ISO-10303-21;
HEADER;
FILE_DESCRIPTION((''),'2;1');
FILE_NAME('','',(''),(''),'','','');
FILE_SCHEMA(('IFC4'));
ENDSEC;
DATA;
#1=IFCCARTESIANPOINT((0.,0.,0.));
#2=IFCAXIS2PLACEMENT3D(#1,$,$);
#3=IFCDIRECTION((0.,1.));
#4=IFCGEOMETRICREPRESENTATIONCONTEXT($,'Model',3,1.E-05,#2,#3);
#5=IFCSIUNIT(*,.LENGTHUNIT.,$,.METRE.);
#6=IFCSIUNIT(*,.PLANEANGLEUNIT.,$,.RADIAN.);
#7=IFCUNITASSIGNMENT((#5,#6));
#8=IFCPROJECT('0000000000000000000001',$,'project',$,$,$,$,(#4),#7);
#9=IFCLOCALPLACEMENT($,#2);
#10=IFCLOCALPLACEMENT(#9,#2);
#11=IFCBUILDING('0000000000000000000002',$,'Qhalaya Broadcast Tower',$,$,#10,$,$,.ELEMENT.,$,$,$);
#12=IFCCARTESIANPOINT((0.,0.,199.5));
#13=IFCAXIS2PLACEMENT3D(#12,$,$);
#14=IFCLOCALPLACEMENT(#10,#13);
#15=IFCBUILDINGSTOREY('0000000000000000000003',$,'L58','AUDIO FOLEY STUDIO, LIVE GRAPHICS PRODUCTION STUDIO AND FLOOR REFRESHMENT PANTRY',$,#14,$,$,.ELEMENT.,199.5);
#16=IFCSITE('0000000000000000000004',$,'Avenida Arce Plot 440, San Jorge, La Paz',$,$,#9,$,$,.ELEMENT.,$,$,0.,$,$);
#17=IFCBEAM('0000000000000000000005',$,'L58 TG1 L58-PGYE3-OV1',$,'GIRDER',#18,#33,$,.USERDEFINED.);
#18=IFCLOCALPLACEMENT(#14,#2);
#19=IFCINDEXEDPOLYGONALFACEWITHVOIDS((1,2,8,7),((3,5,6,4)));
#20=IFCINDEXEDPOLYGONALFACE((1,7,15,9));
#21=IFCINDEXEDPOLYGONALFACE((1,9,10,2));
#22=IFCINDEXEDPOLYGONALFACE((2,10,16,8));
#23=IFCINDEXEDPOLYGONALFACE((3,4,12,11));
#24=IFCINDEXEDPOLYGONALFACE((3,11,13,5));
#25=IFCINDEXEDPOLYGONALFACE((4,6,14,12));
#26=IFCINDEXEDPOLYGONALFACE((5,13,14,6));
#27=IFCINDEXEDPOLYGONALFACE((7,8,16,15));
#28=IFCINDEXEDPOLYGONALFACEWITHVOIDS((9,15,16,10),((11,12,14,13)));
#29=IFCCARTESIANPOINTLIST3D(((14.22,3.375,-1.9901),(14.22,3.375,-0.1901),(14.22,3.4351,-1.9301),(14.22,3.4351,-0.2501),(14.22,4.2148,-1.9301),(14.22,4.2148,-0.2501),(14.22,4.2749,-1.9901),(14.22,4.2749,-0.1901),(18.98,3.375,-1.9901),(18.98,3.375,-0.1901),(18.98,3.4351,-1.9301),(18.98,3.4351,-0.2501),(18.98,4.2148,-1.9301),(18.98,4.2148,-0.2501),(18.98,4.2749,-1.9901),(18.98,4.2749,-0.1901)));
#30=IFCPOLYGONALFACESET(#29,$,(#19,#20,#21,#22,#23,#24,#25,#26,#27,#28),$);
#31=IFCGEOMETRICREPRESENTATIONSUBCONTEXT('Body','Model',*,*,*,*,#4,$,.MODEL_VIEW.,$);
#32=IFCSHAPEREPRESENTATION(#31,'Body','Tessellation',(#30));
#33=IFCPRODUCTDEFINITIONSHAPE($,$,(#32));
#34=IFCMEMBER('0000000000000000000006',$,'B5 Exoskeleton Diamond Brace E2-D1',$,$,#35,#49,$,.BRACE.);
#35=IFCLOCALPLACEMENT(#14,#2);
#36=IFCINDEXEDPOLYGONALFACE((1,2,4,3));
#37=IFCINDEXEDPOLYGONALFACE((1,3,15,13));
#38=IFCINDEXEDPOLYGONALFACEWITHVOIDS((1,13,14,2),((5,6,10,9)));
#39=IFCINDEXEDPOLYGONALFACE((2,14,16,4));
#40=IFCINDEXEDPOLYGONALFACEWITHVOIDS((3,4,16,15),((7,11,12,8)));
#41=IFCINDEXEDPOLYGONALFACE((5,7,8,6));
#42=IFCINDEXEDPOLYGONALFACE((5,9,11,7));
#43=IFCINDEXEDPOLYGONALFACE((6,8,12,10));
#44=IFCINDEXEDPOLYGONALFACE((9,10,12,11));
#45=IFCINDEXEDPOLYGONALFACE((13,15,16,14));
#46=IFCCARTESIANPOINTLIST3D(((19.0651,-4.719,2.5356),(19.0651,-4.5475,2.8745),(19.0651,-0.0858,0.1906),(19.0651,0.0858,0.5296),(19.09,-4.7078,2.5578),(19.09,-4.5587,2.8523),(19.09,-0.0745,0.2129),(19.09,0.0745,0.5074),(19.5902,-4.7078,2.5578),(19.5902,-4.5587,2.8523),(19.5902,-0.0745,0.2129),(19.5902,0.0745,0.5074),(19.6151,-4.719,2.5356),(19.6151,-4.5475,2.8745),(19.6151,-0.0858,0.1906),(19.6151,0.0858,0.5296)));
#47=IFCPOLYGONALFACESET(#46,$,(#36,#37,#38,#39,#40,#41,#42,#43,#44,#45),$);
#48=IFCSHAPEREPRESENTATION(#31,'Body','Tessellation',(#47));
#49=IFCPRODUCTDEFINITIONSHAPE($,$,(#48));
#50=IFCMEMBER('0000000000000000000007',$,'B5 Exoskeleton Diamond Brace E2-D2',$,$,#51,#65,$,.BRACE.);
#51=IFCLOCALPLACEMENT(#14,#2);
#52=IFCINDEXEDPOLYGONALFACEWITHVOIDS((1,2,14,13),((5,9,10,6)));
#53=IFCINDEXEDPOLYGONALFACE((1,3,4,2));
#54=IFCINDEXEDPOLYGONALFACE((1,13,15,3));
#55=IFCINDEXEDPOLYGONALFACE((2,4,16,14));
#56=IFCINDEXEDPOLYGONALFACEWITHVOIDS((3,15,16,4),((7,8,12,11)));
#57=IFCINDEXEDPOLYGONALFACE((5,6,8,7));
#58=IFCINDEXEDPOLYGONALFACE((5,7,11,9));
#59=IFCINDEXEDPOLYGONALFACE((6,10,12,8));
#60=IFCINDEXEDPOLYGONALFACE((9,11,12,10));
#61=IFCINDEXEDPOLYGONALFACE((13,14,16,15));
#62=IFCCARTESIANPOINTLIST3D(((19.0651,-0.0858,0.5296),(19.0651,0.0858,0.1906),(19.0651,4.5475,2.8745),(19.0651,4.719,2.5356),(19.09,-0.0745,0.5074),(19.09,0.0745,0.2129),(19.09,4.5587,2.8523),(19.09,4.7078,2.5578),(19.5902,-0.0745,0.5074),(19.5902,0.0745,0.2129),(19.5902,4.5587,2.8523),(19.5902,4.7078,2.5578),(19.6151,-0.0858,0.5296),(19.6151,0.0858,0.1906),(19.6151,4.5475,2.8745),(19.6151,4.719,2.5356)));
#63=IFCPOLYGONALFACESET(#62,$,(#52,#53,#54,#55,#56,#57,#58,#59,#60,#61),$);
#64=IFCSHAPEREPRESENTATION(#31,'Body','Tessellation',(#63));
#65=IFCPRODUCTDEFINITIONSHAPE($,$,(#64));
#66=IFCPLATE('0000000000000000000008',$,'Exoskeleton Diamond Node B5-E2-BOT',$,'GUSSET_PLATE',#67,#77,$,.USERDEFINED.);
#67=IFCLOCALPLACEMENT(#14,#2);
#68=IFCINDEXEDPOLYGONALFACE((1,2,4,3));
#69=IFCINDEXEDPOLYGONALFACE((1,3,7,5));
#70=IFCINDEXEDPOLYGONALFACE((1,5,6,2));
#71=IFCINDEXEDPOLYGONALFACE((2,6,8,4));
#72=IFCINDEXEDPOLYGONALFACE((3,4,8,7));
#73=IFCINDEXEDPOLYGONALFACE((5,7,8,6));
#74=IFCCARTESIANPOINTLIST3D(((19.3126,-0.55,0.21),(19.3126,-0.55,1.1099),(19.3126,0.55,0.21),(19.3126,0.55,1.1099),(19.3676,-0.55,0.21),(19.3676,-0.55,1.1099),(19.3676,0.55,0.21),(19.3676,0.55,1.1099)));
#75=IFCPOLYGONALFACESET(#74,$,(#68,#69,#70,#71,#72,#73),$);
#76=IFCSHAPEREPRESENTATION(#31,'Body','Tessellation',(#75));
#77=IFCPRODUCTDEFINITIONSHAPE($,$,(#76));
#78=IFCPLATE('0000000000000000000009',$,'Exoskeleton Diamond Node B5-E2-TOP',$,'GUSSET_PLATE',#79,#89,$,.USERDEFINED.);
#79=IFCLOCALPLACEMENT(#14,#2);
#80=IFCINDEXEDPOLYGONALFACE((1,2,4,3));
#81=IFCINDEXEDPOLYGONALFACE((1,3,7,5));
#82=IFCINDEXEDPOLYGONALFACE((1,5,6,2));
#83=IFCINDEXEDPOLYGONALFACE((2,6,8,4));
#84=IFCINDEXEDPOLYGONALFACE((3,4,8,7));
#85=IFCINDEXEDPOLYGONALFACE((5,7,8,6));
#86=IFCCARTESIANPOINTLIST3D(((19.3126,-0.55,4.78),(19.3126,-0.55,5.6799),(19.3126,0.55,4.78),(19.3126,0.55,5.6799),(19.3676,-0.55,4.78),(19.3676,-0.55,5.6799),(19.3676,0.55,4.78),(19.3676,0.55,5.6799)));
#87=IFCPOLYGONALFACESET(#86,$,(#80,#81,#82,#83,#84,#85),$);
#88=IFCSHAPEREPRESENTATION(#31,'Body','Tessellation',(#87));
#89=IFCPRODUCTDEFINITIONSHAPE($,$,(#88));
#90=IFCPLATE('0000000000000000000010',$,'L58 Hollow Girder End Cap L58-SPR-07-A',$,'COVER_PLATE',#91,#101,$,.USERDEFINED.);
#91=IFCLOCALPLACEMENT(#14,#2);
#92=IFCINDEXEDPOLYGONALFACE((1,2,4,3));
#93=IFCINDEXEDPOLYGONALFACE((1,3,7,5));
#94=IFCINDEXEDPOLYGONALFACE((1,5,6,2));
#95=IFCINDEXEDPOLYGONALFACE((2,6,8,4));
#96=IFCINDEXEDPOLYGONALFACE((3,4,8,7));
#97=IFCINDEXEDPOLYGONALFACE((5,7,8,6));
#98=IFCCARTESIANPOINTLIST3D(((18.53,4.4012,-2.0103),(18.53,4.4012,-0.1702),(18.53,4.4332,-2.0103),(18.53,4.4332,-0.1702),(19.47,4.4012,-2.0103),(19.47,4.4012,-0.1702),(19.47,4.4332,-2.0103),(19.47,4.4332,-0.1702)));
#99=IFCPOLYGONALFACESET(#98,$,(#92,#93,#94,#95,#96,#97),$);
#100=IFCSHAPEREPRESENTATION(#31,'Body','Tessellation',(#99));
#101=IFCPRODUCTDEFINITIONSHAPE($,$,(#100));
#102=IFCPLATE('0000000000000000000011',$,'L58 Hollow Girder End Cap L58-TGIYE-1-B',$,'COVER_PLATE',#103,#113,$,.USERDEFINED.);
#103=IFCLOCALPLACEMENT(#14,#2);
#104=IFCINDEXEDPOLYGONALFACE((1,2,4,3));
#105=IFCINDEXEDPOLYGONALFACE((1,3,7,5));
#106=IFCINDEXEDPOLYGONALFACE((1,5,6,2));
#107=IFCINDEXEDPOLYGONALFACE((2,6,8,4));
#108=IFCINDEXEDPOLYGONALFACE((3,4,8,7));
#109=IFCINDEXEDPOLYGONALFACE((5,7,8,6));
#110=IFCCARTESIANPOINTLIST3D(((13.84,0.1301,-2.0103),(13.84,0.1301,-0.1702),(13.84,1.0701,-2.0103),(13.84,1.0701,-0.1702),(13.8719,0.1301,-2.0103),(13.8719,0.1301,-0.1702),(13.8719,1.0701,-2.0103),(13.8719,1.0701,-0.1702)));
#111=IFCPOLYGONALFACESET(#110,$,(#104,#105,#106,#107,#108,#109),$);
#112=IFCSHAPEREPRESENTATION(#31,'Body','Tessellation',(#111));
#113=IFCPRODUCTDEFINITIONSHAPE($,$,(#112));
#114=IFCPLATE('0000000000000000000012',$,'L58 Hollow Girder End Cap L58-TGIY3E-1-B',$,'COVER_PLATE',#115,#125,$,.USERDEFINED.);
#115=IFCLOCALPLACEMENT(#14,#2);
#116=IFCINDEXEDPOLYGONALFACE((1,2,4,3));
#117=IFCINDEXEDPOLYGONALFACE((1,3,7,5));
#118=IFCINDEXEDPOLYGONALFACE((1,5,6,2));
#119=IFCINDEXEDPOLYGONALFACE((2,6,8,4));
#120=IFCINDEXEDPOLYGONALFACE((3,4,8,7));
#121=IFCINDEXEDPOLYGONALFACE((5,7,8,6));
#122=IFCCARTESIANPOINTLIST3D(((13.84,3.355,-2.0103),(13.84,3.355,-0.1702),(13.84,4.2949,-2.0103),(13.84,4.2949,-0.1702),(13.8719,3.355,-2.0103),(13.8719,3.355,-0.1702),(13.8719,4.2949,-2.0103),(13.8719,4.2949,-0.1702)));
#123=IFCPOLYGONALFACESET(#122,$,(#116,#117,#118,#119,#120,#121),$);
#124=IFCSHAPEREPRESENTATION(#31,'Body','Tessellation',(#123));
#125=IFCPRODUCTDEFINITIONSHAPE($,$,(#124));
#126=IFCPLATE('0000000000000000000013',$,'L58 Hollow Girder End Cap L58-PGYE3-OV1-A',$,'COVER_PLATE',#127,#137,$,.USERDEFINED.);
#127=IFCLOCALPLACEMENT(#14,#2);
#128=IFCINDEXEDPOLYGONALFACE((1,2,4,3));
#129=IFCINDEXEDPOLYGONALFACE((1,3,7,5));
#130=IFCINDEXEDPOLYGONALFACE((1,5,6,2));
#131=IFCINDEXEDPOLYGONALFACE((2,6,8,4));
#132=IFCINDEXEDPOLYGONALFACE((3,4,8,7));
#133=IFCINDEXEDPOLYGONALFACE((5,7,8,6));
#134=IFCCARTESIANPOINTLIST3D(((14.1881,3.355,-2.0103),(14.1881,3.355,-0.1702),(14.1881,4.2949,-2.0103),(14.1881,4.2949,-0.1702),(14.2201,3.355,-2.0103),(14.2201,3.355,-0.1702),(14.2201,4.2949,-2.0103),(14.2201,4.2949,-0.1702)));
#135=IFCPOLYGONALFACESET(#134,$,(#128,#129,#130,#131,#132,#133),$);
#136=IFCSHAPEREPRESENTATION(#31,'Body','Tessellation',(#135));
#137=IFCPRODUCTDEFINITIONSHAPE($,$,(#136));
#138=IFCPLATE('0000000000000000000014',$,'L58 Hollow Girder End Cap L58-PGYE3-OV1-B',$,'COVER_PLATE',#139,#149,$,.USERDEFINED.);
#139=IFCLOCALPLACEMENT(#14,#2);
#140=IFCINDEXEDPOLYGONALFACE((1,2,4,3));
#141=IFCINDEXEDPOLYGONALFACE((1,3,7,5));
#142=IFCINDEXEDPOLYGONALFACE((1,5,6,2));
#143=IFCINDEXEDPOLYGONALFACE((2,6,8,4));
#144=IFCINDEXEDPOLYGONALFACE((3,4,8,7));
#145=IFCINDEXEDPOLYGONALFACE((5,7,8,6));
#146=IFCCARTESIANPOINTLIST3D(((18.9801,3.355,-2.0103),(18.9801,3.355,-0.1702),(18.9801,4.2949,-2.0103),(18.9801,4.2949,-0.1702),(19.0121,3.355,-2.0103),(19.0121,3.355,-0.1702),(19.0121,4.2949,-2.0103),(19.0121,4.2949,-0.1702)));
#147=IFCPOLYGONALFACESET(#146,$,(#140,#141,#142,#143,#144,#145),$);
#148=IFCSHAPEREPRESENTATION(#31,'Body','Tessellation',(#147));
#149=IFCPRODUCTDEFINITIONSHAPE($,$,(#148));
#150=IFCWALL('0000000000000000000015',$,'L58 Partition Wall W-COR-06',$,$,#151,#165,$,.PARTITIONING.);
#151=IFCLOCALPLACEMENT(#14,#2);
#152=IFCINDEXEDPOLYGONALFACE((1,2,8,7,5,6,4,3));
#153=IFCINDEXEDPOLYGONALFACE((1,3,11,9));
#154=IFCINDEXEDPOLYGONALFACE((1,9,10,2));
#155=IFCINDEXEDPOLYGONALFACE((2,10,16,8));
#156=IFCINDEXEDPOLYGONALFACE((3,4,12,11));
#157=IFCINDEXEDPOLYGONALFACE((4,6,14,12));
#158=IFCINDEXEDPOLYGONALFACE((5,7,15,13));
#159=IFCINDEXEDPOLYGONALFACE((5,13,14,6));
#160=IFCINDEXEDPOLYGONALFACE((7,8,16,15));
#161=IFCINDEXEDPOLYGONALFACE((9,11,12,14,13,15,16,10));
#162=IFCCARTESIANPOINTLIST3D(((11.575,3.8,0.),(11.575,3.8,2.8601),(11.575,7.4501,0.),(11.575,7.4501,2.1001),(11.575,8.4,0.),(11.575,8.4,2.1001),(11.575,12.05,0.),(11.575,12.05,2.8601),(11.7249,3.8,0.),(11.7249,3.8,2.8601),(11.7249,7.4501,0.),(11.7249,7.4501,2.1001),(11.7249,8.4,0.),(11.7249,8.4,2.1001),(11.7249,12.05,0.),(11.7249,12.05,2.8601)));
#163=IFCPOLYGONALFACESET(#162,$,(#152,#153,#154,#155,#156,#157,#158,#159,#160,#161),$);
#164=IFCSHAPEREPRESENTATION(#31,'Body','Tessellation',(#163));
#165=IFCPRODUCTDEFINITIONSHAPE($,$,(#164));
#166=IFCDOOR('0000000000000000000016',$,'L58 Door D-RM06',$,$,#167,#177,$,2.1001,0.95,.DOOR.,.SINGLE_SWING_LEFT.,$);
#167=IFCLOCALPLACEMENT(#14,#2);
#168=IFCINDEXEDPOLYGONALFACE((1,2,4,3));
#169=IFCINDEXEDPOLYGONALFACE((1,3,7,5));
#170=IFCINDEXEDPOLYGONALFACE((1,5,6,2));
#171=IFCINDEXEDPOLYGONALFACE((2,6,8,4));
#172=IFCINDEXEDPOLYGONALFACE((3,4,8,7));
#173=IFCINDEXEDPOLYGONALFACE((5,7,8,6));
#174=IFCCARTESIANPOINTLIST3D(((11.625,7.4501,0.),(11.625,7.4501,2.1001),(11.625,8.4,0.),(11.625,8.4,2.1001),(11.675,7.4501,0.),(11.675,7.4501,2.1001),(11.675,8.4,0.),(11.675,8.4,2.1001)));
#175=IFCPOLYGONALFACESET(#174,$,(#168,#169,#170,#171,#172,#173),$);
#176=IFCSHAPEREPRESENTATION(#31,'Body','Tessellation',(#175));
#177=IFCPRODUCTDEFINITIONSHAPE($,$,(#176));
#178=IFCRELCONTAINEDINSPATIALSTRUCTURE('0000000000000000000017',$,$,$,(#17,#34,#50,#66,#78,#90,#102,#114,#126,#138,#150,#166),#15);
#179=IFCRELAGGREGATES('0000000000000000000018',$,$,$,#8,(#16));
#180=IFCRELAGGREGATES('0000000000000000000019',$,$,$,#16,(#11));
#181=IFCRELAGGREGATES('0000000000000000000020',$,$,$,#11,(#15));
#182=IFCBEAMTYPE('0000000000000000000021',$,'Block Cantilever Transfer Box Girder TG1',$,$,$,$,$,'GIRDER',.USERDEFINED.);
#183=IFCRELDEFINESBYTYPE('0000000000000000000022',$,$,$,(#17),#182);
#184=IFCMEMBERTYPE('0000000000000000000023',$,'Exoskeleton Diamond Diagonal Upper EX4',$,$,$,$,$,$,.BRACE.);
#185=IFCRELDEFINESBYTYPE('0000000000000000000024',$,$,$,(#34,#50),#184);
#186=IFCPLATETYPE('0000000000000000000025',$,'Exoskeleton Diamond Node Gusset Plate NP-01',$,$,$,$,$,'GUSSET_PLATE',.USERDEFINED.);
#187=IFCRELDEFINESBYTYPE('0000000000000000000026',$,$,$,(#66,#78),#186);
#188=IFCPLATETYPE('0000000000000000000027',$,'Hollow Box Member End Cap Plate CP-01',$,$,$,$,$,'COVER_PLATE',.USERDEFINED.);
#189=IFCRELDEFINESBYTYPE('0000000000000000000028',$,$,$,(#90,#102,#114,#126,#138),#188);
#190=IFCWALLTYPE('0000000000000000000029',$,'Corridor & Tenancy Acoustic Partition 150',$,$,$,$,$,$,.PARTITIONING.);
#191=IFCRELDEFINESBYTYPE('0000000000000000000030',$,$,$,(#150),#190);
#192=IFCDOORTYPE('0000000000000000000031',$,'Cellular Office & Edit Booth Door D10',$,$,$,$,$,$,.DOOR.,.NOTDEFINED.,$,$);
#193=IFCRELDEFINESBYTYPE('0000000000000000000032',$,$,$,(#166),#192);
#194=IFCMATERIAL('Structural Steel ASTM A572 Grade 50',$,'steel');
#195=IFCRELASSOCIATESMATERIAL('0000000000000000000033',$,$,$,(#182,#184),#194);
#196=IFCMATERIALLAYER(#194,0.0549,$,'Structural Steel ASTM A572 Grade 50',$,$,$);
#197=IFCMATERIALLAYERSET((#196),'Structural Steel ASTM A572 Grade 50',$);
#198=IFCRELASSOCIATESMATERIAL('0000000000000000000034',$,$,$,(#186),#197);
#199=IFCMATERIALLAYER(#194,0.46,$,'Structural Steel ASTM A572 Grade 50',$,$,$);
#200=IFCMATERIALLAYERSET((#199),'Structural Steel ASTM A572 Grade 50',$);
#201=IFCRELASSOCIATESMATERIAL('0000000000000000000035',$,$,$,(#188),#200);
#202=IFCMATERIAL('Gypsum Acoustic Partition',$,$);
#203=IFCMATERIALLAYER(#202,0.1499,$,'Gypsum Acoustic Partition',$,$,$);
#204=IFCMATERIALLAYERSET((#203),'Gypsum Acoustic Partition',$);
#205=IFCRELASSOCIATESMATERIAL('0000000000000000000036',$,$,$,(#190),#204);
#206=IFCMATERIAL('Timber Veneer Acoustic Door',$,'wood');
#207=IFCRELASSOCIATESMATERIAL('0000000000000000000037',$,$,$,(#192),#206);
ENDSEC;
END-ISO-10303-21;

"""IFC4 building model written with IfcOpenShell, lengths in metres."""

from ifc_helpers import new_model, si_unit, direction, frame, frame_2d, origin, origin_2d, place, context, subcontext, project, spatial, rectangle, hollow_rectangle, extrude, material, layer, layer_set, material_profile, profile_set, type_object, element, fill, save


model = new_model("IFC4")

# Units and contexts
model_context = context("Model", 3, precision=1e-05, world=origin(), true_north=direction((0.0, 1.0)))
body_context = subcontext(model_context, "Body", "Model", "MODEL_VIEW")
ifc_project = project(units=[si_unit("LENGTHUNIT", "METRE"), si_unit("PLANEANGLEUNIT", "RADIAN")], contexts=[model_context])

# Site, building, storey
site_placement = place(None, origin())
site = spatial("IfcSite", under=ifc_project, at=site_placement, Name="Avenida Arce Plot 440, San Jorge, La Paz", CompositionType="ELEMENT", RefElevation=0.0)
building_placement = place(site_placement, origin())
building = spatial("IfcBuilding", under=site, at=building_placement, Name="Qhalaya Broadcast Tower", CompositionType="ELEMENT")
storey_placement = place(building_placement, frame((0.0, 0.0, 199.5)))
storey = spatial("IfcBuildingStorey", under=building, at=storey_placement, Name="L58", Description="AUDIO FOLEY STUDIO, LIVE GRAPHICS PRODUCTION STUDIO AND FLOOR REFRESHMENT PANTRY", CompositionType="ELEMENT", Elevation=199.5)

# Beam
ifc_material_1 = material(Name="Structural Steel ASTM A572 Grade 50", Category="steel")
ifc_material_profile_1 = material_profile(ifc_material_1, hollow_rectangle(XDim=0.8999, YDim=1.8, WallThickness=0.0601, at=origin_2d()), Name="BOX 900x1800x60")
ifc_profile_set_1 = profile_set([ifc_material_profile_1], Name="Structural Steel ASTM A572 Grade 50")
beam_type = type_object("IfcBeamType", Name="Block Cantilever Transfer Box Girder TG1", ElementType="GIRDER", PredefinedType="USERDEFINED", material=ifc_profile_set_1)
beam_placement = place(storey_placement, frame((14.22, 3.825, -1.0901), z_axis=(1.0, 0.0, 0.0), x_axis=(0.0, 1.0, 0.0)))
element("IfcBeam", 1, at=beam_placement, inside=storey, type_object=beam_type, Name="L58 TG1 L58-PGYE3-OV1", ObjectType="GIRDER", PredefinedType="USERDEFINED", context=body_context, shape_type="SweptSolid", body=[
    extrude(hollow_rectangle(XDim=0.8999, YDim=1.8, WallThickness=0.0601, at=origin_2d()), origin(), (0.0, 0.0, 1.0), 4.76),
])

# Members
ifc_material_profile_2 = material_profile(ifc_material_1, hollow_rectangle(XDim=0.3799, YDim=0.55, WallThickness=0.0249, at=origin_2d()), Name="BOX 380x550x25")
ifc_profile_set_2 = profile_set([ifc_material_profile_2], Name="Structural Steel ASTM A572 Grade 50")
member_type = type_object("IfcMemberType", Name="Exoskeleton Diamond Diagonal Upper EX4", PredefinedType="BRACE", material=ifc_profile_set_2)
for number, where, z_axis, x_axis, name in (
    (2, (19.3401, 0.0, 0.3601), (0.0, -0.892235, 0.451571), (0.0, 0.451571, 0.892235), "B5 Exoskeleton Diamond Brace E2-D1"),
    (3, (19.3401, 0.0, 0.3601), (0.0, 0.892235, 0.451571), (0.0, -0.451571, 0.892235), "B5 Exoskeleton Diamond Brace E2-D2"),
):
    element("IfcMember", number, at=place(storey_placement, frame(where, z_axis=z_axis, x_axis=x_axis)), inside=storey, type_object=member_type, Name=name, PredefinedType="BRACE", context=body_context, shape_type="SweptSolid", body=[
        extrude(hollow_rectangle(XDim=0.3799, YDim=0.55, WallThickness=0.0249, at=origin_2d()), origin(), (0.0, 0.0, 1.0), 5.1929),
    ])

# Plates
ifc_layer_1 = layer(ifc_material_1, 0.0549, Name="Structural Steel ASTM A572 Grade 50")
ifc_layer_set_1 = layer_set([ifc_layer_1], Name="Structural Steel ASTM A572 Grade 50")
plate_type_1 = type_object("IfcPlateType", Name="Exoskeleton Diamond Node Gusset Plate NP-01", ElementType="GUSSET_PLATE", PredefinedType="USERDEFINED", material=ifc_layer_set_1)
for number, where, z_axis, x_axis, name in (
    (4, (19.3401, 0.0, 0.21), (0.0, 0.0, 1.0), (0.0, 1.0, 0.0), "Exoskeleton Diamond Node B5-E2-BOT"),
    (5, (19.3401, 0.0, 4.78), (0.0, 0.0, 1.0), (0.0, 1.0, 0.0), "Exoskeleton Diamond Node B5-E2-TOP"),
):
    element("IfcPlate", number, at=place(storey_placement, frame(where, z_axis=z_axis, x_axis=x_axis)), inside=storey, type_object=plate_type_1, Name=name, ObjectType="GUSSET_PLATE", PredefinedType="USERDEFINED", context=body_context, shape_type="SweptSolid", body=[
        extrude(rectangle(XDim=1.1001, YDim=0.0549, at=origin_2d()), origin(), (0.0, 0.0, 1.0), 0.8999),
    ])
ifc_layer_2 = layer(ifc_material_1, 0.46, Name="Structural Steel ASTM A572 Grade 50")
ifc_layer_set_2 = layer_set([ifc_layer_2], Name="Structural Steel ASTM A572 Grade 50")
plate_type_2 = type_object("IfcPlateType", Name="Hollow Box Member End Cap Plate CP-01", ElementType="COVER_PLATE", PredefinedType="USERDEFINED", material=ifc_layer_set_2)
for number, where, z_axis, x_axis, name in (
    (6, (19.0, 4.4172, -2.0103), (0.0, 0.0, 1.0), (-1.0, 0.0, 0.0), "L58 Hollow Girder End Cap L58-SPR-07-A"),
    (7, (13.856, 0.6001, -2.0103), (0.0, 0.0, 1.0), (0.0, 1.0, 0.0), "L58 Hollow Girder End Cap L58-TGIYE-1-B"),
    (8, (13.856, 3.825, -2.0103), (0.0, 0.0, 1.0), (0.0, 1.0, 0.0), "L58 Hollow Girder End Cap L58-TGIY3E-1-B"),
    (9, (14.2041, 3.825, -2.0103), (0.0, 0.0, 1.0), (0.0, 1.0, 0.0), "L58 Hollow Girder End Cap L58-PGYE3-OV1-A"),
    (10, (18.9961, 3.825, -2.0103), (0.0, 0.0, 1.0), (0.0, 1.0, 0.0), "L58 Hollow Girder End Cap L58-PGYE3-OV1-B"),
):
    element("IfcPlate", number, at=place(storey_placement, frame(where, z_axis=z_axis, x_axis=x_axis)), inside=storey, type_object=plate_type_2, Name=name, ObjectType="COVER_PLATE", PredefinedType="USERDEFINED", context=body_context, shape_type="SweptSolid", body=[
        extrude(rectangle(XDim=0.9399, YDim=0.032, at=origin_2d()), origin(), (0.0, 0.0, 1.0), 1.8401),
    ])

# Wall, opening, door
ifc_material_2 = material(Name="Gypsum Acoustic Partition")
ifc_layer_3 = layer(ifc_material_2, 0.1499, Name="Gypsum Acoustic Partition")
ifc_layer_set_3 = layer_set([ifc_layer_3], Name="Gypsum Acoustic Partition")
wall_type_1 = type_object("IfcWallType", Name="Corridor & Tenancy Acoustic Partition 150", PredefinedType="PARTITIONING", material=ifc_layer_set_3)
wall_1_placement = place(storey_placement, frame((11.6499, 3.8, 0.0), z_axis=(0.0, 0.0, 1.0), x_axis=(0.0, 1.0, 0.0)))
wall_1 = element("IfcWall", 11, at=wall_1_placement, inside=storey, type_object=wall_type_1, Name="L58 Partition Wall W-COR-06", PredefinedType="PARTITIONING", context=body_context, shape_type="SweptSolid", body=[
    extrude(rectangle(XDim=8.25, YDim=0.1499, at=frame_2d((4.125, 0.0))), origin(), (0.0, 0.0, 1.0), 2.8601),
])
opening_1_placement = place(wall_1_placement, frame((3.6499, 0.0, 0.0)))
opening_1 = element("IfcOpeningElement", 12, at=opening_1_placement, cuts=wall_1, PredefinedType="OPENING", context=body_context, shape_type="SweptSolid", body=[
    extrude(rectangle(XDim=0.95, YDim=2.1001, at=frame_2d((0.4751, 1.05))), frame((0.0, 0.0869, 0.0), z_axis=(0.0, -1.0, 0.0), x_axis=(1.0, 0.0, 0.0)), (0.0, 0.0, 1.0), 0.1738),
])
ifc_material_3 = material(Name="Timber Veneer Acoustic Door", Category="wood")
door_type_1 = type_object("IfcDoorType", Name="Cellular Office & Edit Booth Door D10", OperationType="NOTDEFINED", PredefinedType="DOOR", material=ifc_material_3)
door_1_placement = place(opening_1_placement, origin())
door_1 = element("IfcDoor", 13, at=door_1_placement, inside=storey, type_object=door_type_1, Name="L58 Door D-RM06", OperationType="SINGLE_SWING_LEFT", OverallHeight=2.1001, OverallWidth=0.95, PredefinedType="DOOR", context=body_context, shape_type="SweptSolid", body=[
    extrude(rectangle(XDim=0.95, YDim=2.1001, at=frame_2d((0.4751, 1.05))), frame((0.0, 0.0249, 0.0), z_axis=(0.0, -1.0, 0.0), x_axis=(1.0, 0.0, 0.0)), (0.0, 0.0, 1.0), 0.05),
])
fill(opening_1, door_1)

save(model, "model.ifc")
